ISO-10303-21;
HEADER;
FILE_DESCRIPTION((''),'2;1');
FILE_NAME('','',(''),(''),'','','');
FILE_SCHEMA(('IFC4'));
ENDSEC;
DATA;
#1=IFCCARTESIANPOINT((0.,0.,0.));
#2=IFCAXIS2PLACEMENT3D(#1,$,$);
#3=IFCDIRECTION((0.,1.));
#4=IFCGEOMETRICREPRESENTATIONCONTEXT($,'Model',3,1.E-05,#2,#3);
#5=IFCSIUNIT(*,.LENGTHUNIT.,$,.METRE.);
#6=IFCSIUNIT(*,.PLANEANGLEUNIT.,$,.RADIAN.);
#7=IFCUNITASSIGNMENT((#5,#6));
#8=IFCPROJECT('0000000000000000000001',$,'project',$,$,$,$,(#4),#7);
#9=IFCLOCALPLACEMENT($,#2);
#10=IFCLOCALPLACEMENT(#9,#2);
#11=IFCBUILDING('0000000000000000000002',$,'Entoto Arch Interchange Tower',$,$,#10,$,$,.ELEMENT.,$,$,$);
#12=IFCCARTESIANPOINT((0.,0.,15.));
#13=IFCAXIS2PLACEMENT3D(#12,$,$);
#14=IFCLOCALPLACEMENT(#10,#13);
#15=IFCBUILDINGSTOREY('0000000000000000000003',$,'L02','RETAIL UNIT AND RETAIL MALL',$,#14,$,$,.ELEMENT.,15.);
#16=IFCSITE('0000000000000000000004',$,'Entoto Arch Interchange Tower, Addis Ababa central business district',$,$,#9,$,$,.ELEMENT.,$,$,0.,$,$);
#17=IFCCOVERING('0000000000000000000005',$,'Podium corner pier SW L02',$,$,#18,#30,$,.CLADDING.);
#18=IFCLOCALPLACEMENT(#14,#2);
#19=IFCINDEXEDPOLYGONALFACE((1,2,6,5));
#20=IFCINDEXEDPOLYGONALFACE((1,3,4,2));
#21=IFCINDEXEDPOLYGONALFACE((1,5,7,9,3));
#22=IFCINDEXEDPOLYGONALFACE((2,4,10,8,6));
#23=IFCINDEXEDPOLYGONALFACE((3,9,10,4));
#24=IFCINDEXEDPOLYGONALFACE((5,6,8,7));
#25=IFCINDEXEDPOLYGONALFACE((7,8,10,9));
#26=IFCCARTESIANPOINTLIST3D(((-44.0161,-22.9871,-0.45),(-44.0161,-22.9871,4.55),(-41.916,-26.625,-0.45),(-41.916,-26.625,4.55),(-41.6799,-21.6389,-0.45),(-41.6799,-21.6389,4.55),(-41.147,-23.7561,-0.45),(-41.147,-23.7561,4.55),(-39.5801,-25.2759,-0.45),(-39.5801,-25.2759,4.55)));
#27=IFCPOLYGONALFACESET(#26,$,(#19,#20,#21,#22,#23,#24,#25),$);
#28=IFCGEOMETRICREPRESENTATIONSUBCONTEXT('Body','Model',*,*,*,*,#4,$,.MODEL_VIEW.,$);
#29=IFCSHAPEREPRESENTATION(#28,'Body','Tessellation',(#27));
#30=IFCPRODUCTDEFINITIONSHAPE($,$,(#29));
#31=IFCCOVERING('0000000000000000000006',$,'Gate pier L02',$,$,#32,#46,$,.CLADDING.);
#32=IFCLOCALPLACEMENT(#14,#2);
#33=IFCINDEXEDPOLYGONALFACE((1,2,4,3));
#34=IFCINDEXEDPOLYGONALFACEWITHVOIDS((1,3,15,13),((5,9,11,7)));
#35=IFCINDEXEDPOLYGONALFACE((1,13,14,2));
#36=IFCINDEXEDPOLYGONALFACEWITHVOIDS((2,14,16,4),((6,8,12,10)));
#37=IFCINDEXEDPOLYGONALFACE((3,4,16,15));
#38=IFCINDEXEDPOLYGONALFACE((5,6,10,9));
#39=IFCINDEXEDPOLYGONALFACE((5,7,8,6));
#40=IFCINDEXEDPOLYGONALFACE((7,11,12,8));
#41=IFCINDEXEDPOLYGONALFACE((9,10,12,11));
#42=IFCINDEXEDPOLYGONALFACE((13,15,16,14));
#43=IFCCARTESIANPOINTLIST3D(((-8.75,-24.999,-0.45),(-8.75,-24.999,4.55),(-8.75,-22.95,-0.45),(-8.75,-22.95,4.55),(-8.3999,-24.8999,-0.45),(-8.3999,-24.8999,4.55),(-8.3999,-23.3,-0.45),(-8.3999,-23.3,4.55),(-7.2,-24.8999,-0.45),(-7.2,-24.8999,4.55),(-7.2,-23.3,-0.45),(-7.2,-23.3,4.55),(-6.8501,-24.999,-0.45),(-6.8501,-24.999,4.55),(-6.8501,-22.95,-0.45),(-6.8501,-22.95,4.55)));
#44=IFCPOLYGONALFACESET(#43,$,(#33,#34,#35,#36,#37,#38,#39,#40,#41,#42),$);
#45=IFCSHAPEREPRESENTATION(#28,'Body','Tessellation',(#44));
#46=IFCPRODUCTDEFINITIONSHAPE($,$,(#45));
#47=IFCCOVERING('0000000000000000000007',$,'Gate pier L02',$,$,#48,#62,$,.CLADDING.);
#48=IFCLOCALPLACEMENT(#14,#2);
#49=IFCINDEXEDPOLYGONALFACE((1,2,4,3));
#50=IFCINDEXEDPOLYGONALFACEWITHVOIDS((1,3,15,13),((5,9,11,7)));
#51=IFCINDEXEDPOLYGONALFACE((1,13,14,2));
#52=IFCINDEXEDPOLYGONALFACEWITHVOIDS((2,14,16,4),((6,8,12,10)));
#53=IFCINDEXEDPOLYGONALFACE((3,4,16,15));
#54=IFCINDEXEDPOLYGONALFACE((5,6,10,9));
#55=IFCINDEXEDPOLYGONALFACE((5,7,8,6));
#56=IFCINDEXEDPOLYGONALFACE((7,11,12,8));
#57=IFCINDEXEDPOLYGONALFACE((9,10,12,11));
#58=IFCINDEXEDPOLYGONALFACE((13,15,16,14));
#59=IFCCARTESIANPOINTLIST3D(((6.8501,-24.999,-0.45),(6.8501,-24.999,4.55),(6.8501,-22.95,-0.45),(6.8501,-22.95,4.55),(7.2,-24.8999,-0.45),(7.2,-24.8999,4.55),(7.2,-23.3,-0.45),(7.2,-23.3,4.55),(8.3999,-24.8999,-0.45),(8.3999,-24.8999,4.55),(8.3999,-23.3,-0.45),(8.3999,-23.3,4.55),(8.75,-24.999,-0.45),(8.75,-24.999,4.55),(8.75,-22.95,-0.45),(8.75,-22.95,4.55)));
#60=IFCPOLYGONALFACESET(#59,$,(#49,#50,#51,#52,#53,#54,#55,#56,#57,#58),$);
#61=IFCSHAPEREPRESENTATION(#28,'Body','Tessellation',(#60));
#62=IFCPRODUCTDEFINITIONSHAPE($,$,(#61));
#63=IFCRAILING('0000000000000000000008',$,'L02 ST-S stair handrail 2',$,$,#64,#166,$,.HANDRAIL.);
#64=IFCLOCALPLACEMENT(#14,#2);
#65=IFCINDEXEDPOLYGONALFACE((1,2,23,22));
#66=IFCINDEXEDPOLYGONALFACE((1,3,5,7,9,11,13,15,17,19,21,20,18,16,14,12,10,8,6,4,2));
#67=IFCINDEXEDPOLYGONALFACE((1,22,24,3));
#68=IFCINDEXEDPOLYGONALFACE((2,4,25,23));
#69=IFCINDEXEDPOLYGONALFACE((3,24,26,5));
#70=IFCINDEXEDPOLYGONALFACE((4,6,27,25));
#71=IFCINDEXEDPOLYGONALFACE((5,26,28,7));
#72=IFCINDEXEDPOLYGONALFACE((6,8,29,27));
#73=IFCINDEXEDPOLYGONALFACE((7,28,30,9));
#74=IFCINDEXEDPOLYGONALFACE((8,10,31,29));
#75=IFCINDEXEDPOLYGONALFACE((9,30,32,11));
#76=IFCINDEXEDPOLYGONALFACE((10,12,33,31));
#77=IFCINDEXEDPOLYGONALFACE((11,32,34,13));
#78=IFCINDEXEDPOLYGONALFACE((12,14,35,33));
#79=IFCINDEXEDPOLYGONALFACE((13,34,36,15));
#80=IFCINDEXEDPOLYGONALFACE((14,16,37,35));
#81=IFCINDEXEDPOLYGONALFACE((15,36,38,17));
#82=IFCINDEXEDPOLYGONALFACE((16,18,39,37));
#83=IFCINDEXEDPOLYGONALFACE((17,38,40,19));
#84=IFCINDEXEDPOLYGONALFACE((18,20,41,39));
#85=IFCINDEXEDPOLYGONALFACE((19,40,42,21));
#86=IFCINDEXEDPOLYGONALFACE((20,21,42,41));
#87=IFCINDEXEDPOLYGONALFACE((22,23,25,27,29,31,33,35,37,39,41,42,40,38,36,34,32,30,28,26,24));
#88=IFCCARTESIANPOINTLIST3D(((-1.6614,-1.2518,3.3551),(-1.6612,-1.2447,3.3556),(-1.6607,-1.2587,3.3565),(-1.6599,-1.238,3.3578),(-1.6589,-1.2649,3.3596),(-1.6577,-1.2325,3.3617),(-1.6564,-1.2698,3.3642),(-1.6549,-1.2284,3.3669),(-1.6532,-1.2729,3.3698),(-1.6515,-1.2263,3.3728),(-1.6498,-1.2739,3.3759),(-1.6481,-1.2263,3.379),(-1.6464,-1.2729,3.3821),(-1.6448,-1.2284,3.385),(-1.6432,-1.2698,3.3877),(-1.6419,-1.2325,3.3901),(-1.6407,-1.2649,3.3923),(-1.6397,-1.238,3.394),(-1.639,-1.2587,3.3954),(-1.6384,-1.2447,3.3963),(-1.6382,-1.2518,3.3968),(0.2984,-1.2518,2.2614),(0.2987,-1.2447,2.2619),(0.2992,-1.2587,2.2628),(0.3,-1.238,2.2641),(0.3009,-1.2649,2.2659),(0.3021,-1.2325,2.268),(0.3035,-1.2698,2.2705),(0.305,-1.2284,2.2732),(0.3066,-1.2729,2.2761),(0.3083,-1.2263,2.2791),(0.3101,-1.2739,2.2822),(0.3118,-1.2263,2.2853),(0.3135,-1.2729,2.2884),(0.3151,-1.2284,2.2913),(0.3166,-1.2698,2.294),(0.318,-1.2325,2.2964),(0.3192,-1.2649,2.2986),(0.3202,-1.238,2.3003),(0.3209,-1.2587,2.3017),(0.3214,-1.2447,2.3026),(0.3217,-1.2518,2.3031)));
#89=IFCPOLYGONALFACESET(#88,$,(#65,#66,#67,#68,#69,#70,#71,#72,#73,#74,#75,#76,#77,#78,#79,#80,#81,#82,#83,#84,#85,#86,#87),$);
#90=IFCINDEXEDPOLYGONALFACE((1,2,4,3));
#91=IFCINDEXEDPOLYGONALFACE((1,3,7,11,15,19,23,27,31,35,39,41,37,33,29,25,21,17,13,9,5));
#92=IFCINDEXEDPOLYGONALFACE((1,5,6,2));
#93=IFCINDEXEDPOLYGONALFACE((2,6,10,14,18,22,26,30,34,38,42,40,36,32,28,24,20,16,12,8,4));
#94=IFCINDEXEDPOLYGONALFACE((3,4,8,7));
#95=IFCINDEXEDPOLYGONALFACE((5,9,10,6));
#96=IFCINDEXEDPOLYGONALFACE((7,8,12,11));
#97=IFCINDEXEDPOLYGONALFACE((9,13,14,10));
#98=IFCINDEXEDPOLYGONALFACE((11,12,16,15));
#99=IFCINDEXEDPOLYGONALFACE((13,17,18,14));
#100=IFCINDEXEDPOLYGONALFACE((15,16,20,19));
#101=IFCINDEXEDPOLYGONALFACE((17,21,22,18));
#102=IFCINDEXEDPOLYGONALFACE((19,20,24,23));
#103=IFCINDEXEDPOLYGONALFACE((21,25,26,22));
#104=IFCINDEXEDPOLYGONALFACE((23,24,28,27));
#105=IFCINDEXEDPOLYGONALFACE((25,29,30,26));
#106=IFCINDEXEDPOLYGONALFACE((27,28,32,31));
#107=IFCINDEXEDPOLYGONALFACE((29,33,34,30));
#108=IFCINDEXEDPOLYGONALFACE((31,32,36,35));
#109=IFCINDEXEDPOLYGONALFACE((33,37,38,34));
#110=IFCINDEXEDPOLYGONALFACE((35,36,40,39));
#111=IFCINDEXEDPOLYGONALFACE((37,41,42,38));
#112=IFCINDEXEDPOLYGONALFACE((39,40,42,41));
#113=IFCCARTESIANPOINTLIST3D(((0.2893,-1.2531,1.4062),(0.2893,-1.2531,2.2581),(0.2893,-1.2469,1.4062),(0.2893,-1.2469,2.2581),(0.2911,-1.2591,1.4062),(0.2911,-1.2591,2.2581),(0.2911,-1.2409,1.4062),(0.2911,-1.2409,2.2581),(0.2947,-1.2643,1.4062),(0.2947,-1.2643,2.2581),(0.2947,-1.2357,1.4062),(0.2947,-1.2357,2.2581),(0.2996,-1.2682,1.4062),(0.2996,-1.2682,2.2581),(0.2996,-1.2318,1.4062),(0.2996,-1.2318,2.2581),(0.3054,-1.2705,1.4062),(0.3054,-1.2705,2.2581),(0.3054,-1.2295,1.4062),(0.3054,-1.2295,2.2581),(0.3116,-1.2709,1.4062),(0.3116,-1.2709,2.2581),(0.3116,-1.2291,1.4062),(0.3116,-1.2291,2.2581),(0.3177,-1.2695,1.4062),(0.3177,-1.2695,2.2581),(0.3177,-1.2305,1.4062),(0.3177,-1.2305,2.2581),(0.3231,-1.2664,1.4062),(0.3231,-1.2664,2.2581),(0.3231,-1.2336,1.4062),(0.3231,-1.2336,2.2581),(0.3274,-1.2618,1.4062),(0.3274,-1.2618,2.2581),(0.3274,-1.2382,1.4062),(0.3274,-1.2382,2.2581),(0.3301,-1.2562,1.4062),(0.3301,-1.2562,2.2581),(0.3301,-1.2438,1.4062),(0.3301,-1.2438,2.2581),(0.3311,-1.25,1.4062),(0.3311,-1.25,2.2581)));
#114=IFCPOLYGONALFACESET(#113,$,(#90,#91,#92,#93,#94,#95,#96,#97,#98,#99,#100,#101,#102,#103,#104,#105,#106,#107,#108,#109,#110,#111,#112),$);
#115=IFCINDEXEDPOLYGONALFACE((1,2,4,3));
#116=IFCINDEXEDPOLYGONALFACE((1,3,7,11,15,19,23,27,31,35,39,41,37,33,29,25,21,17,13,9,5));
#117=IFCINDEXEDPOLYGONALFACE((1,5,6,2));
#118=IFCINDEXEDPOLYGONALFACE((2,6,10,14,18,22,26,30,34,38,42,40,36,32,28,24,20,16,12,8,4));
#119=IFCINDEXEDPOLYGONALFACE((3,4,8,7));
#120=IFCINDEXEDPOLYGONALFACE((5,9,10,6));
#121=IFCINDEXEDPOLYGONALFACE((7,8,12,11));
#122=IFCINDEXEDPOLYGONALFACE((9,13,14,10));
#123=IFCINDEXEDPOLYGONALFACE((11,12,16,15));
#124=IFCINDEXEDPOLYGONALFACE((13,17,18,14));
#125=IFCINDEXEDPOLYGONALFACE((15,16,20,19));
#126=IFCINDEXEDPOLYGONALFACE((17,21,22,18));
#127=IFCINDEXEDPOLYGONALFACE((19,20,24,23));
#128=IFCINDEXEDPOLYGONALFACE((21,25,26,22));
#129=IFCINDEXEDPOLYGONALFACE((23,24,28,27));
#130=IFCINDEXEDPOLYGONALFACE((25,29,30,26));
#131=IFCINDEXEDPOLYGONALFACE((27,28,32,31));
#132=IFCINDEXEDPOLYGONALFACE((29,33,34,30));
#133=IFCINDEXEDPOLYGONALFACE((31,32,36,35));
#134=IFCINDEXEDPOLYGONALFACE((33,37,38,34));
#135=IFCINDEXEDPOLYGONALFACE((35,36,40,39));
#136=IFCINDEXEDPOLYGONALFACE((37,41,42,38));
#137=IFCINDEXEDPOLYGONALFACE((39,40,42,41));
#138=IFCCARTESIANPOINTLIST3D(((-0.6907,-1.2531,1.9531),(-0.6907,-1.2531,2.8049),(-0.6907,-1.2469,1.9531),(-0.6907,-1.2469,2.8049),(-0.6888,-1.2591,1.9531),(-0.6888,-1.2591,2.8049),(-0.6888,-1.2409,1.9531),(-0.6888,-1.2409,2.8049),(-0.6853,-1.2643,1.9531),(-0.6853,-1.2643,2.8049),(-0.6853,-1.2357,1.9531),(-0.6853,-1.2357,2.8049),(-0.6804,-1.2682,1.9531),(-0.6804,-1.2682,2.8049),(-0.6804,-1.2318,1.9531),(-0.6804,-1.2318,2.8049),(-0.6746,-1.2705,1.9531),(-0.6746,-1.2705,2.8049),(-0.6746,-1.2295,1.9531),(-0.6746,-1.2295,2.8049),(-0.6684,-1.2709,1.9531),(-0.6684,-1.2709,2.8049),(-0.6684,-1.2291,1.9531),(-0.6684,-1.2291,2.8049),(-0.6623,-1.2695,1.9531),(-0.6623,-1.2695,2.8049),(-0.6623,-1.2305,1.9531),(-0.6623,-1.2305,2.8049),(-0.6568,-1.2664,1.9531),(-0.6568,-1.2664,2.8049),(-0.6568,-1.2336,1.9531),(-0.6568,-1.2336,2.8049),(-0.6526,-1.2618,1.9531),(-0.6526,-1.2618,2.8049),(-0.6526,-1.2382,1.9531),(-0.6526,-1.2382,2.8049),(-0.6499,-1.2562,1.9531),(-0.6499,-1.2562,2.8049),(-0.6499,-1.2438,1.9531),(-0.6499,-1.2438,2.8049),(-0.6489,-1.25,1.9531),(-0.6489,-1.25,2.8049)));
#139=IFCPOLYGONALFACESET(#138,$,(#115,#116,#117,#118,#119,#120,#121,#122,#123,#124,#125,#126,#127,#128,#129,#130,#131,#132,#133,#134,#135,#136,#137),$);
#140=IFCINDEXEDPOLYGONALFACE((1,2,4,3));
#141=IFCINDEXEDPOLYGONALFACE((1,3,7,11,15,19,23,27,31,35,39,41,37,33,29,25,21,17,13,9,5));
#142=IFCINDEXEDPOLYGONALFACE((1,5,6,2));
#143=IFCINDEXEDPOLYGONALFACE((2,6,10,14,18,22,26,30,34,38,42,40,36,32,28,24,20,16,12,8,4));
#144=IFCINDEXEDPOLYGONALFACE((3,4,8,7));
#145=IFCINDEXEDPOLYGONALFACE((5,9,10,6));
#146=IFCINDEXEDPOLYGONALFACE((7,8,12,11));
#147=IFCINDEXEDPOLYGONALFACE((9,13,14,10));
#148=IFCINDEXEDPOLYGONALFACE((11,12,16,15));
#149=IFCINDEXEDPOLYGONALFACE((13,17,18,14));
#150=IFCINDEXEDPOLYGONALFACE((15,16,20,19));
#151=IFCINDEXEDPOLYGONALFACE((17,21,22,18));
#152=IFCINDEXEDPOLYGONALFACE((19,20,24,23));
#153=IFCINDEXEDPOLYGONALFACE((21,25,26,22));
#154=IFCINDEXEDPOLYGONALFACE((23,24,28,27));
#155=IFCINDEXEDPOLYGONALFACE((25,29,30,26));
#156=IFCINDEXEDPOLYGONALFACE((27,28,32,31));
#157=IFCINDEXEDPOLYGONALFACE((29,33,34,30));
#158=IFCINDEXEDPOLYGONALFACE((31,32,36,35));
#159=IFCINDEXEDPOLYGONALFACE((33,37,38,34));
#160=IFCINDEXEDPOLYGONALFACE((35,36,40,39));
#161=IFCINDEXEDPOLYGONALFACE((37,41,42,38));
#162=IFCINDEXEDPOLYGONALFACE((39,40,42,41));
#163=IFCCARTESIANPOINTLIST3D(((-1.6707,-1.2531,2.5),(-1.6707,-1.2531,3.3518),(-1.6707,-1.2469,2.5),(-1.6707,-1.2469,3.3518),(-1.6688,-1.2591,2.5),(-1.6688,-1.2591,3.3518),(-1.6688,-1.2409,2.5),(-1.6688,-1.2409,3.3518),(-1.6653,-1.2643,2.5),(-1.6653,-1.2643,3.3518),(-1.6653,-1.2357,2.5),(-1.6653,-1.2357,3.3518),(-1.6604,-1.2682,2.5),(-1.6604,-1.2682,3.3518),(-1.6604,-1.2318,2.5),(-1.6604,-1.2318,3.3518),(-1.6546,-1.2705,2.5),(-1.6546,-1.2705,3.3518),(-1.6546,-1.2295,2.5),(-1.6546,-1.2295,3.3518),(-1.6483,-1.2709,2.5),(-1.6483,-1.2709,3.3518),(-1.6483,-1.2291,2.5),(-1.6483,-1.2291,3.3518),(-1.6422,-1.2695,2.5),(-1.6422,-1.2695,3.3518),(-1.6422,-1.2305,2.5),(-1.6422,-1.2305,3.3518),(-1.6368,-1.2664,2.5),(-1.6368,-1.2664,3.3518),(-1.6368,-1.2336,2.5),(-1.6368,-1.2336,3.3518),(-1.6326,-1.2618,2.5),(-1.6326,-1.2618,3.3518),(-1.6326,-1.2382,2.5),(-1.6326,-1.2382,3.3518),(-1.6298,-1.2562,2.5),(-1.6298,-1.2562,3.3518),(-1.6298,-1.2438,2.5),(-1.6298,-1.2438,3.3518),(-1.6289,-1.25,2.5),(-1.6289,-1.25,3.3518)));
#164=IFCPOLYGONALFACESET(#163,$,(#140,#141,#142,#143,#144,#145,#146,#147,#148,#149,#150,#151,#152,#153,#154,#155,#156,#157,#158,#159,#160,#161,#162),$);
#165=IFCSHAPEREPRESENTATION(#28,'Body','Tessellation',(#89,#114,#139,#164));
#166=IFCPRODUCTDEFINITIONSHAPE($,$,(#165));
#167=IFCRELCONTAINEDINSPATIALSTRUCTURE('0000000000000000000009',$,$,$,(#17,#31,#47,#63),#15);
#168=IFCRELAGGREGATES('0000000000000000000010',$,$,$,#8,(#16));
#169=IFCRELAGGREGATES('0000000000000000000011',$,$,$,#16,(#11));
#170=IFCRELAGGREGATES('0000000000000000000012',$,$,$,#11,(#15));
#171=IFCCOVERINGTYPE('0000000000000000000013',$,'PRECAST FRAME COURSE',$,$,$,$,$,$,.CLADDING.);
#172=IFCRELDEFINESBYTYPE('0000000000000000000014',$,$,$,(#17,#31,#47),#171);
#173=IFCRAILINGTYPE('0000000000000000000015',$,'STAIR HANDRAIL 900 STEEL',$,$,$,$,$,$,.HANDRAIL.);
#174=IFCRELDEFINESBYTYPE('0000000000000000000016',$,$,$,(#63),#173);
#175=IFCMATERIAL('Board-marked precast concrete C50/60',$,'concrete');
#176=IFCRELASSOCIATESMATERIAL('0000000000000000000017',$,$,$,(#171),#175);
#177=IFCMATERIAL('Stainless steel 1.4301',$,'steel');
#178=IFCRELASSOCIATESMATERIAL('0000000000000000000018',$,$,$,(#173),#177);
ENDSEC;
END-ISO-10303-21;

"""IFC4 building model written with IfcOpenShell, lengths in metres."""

from ifc_helpers import new_model, si_unit, direction, frame, origin, origin_2d, place, context, subcontext, project, spatial, polyline, circle, outline, extrude, material, type_object, element, save


model = new_model("IFC4")

# Units and contexts
model_context = context("Model", 3, precision=1e-05, world=origin(), true_north=direction((0.0, 1.0)))
body_context = subcontext(model_context, "Body", "Model", "MODEL_VIEW")
ifc_project = project(units=[si_unit("LENGTHUNIT", "METRE"), si_unit("PLANEANGLEUNIT", "RADIAN")], contexts=[model_context])

# Site, building, storey
site_placement = place(None, origin())
site = spatial("IfcSite", under=ifc_project, at=site_placement, Name="Entoto Arch Interchange Tower, Addis Ababa central business district", CompositionType="ELEMENT", RefElevation=0.0)
building_placement = place(site_placement, origin())
building = spatial("IfcBuilding", under=site, at=building_placement, Name="Entoto Arch Interchange Tower", CompositionType="ELEMENT")
storey_placement = place(building_placement, frame((0.0, 0.0, 15.0)))
storey = spatial("IfcBuildingStorey", under=building, at=storey_placement, Name="L02", Description="RETAIL UNIT AND RETAIL MALL", CompositionType="ELEMENT", Elevation=15.0)

# Coverings
ifc_material_1 = material(Name="Board-marked precast concrete C50/60", Category="concrete")
covering_type = type_object("IfcCoveringType", Name="PRECAST FRAME COURSE", PredefinedType="CLADDING", material=ifc_material_1)
covering_1_placement = place(storey_placement, frame((0.0, 0.0, -0.45)))
element("IfcCovering", 1, at=covering_1_placement, inside=storey, type_object=covering_type, Name="Podium corner pier SW L02", PredefinedType="CLADDING", context=body_context, shape_type="SweptSolid", body=[
    extrude(outline(polyline([(-44.0161, -22.9871), (-41.6799, -21.6389), (-41.147, -23.7561), (-39.5801, -25.2759), (-41.916, -26.625), (-44.0161, -22.9871)])), origin(), (0.0, 0.0, 1.0), 5.0),
])
covering_2_placement = place(storey_placement, frame((0.0, 0.0, -0.45)))
element("IfcCovering", 2, at=covering_2_placement, inside=storey, type_object=covering_type, Name="Gate pier L02", PredefinedType="CLADDING", context=body_context, shape_type="SweptSolid", body=[
    extrude(outline(polyline([(-8.75, -22.95), (-6.8501, -22.95), (-6.8501, -24.999), (-8.75, -24.999), (-8.75, -22.95)]), holes=[polyline([(-8.3999, -23.3), (-8.3999, -24.8999), (-7.2, -24.8999), (-7.2, -23.3), (-8.3999, -23.3)])]), origin(), (0.0, 0.0, 1.0), 5.0),
])
covering_3_placement = place(storey_placement, frame((0.0, 0.0, -0.45)))
element("IfcCovering", 3, at=covering_3_placement, inside=storey, type_object=covering_type, Name="Gate pier L02", PredefinedType="CLADDING", context=body_context, shape_type="SweptSolid", body=[
    extrude(outline(polyline([(6.8501, -22.95), (8.75, -22.95), (8.75, -24.999), (6.8501, -24.999), (6.8501, -22.95)]), holes=[polyline([(7.2, -23.3), (7.2, -24.8999), (8.3999, -24.8999), (8.3999, -23.3), (7.2, -23.3)])]), origin(), (0.0, 0.0, 1.0), 5.0),
])

# Railing
ifc_material_2 = material(Name="Stainless steel 1.4301", Category="steel")
railing_type = type_object("IfcRailingType", Name="STAIR HANDRAIL 900 STEEL", PredefinedType="HANDRAIL", material=ifc_material_2)
for number, where, name in (
    (4, (0.3101, -1.25, 1.4062), "L02 ST-S stair handrail 2"),
):
    element("IfcRailing", number, at=place(storey_placement, frame(where)), inside=storey, type_object=railing_type, Name=name, PredefinedType="HANDRAIL", context=body_context, shape_type="SweptSolid", body=[
        extrude(circle(Radius=0.0239, at=origin_2d()), frame((0.0, 0.0, 0.876), z_axis=(-0.873232, 0.0, 0.487304), x_axis=(0.0, -1.0, 0.0)), (0.0, 0.0, 1.0), 2.2444),
        extrude(circle(Radius=0.021, at=origin_2d()), origin(), (0.0, 0.0, 1.0), 0.8518),
        extrude(circle(Radius=0.021, at=origin_2d()), frame((-0.98, 0.0, 0.5469)), (0.0, 0.0, 1.0), 0.8518),
        extrude(circle(Radius=0.021, at=origin_2d()), frame((-1.96, 0.0, 1.0938)), (0.0, 0.0, 1.0), 0.8518),
    ])

save(model, "model.ifc")
